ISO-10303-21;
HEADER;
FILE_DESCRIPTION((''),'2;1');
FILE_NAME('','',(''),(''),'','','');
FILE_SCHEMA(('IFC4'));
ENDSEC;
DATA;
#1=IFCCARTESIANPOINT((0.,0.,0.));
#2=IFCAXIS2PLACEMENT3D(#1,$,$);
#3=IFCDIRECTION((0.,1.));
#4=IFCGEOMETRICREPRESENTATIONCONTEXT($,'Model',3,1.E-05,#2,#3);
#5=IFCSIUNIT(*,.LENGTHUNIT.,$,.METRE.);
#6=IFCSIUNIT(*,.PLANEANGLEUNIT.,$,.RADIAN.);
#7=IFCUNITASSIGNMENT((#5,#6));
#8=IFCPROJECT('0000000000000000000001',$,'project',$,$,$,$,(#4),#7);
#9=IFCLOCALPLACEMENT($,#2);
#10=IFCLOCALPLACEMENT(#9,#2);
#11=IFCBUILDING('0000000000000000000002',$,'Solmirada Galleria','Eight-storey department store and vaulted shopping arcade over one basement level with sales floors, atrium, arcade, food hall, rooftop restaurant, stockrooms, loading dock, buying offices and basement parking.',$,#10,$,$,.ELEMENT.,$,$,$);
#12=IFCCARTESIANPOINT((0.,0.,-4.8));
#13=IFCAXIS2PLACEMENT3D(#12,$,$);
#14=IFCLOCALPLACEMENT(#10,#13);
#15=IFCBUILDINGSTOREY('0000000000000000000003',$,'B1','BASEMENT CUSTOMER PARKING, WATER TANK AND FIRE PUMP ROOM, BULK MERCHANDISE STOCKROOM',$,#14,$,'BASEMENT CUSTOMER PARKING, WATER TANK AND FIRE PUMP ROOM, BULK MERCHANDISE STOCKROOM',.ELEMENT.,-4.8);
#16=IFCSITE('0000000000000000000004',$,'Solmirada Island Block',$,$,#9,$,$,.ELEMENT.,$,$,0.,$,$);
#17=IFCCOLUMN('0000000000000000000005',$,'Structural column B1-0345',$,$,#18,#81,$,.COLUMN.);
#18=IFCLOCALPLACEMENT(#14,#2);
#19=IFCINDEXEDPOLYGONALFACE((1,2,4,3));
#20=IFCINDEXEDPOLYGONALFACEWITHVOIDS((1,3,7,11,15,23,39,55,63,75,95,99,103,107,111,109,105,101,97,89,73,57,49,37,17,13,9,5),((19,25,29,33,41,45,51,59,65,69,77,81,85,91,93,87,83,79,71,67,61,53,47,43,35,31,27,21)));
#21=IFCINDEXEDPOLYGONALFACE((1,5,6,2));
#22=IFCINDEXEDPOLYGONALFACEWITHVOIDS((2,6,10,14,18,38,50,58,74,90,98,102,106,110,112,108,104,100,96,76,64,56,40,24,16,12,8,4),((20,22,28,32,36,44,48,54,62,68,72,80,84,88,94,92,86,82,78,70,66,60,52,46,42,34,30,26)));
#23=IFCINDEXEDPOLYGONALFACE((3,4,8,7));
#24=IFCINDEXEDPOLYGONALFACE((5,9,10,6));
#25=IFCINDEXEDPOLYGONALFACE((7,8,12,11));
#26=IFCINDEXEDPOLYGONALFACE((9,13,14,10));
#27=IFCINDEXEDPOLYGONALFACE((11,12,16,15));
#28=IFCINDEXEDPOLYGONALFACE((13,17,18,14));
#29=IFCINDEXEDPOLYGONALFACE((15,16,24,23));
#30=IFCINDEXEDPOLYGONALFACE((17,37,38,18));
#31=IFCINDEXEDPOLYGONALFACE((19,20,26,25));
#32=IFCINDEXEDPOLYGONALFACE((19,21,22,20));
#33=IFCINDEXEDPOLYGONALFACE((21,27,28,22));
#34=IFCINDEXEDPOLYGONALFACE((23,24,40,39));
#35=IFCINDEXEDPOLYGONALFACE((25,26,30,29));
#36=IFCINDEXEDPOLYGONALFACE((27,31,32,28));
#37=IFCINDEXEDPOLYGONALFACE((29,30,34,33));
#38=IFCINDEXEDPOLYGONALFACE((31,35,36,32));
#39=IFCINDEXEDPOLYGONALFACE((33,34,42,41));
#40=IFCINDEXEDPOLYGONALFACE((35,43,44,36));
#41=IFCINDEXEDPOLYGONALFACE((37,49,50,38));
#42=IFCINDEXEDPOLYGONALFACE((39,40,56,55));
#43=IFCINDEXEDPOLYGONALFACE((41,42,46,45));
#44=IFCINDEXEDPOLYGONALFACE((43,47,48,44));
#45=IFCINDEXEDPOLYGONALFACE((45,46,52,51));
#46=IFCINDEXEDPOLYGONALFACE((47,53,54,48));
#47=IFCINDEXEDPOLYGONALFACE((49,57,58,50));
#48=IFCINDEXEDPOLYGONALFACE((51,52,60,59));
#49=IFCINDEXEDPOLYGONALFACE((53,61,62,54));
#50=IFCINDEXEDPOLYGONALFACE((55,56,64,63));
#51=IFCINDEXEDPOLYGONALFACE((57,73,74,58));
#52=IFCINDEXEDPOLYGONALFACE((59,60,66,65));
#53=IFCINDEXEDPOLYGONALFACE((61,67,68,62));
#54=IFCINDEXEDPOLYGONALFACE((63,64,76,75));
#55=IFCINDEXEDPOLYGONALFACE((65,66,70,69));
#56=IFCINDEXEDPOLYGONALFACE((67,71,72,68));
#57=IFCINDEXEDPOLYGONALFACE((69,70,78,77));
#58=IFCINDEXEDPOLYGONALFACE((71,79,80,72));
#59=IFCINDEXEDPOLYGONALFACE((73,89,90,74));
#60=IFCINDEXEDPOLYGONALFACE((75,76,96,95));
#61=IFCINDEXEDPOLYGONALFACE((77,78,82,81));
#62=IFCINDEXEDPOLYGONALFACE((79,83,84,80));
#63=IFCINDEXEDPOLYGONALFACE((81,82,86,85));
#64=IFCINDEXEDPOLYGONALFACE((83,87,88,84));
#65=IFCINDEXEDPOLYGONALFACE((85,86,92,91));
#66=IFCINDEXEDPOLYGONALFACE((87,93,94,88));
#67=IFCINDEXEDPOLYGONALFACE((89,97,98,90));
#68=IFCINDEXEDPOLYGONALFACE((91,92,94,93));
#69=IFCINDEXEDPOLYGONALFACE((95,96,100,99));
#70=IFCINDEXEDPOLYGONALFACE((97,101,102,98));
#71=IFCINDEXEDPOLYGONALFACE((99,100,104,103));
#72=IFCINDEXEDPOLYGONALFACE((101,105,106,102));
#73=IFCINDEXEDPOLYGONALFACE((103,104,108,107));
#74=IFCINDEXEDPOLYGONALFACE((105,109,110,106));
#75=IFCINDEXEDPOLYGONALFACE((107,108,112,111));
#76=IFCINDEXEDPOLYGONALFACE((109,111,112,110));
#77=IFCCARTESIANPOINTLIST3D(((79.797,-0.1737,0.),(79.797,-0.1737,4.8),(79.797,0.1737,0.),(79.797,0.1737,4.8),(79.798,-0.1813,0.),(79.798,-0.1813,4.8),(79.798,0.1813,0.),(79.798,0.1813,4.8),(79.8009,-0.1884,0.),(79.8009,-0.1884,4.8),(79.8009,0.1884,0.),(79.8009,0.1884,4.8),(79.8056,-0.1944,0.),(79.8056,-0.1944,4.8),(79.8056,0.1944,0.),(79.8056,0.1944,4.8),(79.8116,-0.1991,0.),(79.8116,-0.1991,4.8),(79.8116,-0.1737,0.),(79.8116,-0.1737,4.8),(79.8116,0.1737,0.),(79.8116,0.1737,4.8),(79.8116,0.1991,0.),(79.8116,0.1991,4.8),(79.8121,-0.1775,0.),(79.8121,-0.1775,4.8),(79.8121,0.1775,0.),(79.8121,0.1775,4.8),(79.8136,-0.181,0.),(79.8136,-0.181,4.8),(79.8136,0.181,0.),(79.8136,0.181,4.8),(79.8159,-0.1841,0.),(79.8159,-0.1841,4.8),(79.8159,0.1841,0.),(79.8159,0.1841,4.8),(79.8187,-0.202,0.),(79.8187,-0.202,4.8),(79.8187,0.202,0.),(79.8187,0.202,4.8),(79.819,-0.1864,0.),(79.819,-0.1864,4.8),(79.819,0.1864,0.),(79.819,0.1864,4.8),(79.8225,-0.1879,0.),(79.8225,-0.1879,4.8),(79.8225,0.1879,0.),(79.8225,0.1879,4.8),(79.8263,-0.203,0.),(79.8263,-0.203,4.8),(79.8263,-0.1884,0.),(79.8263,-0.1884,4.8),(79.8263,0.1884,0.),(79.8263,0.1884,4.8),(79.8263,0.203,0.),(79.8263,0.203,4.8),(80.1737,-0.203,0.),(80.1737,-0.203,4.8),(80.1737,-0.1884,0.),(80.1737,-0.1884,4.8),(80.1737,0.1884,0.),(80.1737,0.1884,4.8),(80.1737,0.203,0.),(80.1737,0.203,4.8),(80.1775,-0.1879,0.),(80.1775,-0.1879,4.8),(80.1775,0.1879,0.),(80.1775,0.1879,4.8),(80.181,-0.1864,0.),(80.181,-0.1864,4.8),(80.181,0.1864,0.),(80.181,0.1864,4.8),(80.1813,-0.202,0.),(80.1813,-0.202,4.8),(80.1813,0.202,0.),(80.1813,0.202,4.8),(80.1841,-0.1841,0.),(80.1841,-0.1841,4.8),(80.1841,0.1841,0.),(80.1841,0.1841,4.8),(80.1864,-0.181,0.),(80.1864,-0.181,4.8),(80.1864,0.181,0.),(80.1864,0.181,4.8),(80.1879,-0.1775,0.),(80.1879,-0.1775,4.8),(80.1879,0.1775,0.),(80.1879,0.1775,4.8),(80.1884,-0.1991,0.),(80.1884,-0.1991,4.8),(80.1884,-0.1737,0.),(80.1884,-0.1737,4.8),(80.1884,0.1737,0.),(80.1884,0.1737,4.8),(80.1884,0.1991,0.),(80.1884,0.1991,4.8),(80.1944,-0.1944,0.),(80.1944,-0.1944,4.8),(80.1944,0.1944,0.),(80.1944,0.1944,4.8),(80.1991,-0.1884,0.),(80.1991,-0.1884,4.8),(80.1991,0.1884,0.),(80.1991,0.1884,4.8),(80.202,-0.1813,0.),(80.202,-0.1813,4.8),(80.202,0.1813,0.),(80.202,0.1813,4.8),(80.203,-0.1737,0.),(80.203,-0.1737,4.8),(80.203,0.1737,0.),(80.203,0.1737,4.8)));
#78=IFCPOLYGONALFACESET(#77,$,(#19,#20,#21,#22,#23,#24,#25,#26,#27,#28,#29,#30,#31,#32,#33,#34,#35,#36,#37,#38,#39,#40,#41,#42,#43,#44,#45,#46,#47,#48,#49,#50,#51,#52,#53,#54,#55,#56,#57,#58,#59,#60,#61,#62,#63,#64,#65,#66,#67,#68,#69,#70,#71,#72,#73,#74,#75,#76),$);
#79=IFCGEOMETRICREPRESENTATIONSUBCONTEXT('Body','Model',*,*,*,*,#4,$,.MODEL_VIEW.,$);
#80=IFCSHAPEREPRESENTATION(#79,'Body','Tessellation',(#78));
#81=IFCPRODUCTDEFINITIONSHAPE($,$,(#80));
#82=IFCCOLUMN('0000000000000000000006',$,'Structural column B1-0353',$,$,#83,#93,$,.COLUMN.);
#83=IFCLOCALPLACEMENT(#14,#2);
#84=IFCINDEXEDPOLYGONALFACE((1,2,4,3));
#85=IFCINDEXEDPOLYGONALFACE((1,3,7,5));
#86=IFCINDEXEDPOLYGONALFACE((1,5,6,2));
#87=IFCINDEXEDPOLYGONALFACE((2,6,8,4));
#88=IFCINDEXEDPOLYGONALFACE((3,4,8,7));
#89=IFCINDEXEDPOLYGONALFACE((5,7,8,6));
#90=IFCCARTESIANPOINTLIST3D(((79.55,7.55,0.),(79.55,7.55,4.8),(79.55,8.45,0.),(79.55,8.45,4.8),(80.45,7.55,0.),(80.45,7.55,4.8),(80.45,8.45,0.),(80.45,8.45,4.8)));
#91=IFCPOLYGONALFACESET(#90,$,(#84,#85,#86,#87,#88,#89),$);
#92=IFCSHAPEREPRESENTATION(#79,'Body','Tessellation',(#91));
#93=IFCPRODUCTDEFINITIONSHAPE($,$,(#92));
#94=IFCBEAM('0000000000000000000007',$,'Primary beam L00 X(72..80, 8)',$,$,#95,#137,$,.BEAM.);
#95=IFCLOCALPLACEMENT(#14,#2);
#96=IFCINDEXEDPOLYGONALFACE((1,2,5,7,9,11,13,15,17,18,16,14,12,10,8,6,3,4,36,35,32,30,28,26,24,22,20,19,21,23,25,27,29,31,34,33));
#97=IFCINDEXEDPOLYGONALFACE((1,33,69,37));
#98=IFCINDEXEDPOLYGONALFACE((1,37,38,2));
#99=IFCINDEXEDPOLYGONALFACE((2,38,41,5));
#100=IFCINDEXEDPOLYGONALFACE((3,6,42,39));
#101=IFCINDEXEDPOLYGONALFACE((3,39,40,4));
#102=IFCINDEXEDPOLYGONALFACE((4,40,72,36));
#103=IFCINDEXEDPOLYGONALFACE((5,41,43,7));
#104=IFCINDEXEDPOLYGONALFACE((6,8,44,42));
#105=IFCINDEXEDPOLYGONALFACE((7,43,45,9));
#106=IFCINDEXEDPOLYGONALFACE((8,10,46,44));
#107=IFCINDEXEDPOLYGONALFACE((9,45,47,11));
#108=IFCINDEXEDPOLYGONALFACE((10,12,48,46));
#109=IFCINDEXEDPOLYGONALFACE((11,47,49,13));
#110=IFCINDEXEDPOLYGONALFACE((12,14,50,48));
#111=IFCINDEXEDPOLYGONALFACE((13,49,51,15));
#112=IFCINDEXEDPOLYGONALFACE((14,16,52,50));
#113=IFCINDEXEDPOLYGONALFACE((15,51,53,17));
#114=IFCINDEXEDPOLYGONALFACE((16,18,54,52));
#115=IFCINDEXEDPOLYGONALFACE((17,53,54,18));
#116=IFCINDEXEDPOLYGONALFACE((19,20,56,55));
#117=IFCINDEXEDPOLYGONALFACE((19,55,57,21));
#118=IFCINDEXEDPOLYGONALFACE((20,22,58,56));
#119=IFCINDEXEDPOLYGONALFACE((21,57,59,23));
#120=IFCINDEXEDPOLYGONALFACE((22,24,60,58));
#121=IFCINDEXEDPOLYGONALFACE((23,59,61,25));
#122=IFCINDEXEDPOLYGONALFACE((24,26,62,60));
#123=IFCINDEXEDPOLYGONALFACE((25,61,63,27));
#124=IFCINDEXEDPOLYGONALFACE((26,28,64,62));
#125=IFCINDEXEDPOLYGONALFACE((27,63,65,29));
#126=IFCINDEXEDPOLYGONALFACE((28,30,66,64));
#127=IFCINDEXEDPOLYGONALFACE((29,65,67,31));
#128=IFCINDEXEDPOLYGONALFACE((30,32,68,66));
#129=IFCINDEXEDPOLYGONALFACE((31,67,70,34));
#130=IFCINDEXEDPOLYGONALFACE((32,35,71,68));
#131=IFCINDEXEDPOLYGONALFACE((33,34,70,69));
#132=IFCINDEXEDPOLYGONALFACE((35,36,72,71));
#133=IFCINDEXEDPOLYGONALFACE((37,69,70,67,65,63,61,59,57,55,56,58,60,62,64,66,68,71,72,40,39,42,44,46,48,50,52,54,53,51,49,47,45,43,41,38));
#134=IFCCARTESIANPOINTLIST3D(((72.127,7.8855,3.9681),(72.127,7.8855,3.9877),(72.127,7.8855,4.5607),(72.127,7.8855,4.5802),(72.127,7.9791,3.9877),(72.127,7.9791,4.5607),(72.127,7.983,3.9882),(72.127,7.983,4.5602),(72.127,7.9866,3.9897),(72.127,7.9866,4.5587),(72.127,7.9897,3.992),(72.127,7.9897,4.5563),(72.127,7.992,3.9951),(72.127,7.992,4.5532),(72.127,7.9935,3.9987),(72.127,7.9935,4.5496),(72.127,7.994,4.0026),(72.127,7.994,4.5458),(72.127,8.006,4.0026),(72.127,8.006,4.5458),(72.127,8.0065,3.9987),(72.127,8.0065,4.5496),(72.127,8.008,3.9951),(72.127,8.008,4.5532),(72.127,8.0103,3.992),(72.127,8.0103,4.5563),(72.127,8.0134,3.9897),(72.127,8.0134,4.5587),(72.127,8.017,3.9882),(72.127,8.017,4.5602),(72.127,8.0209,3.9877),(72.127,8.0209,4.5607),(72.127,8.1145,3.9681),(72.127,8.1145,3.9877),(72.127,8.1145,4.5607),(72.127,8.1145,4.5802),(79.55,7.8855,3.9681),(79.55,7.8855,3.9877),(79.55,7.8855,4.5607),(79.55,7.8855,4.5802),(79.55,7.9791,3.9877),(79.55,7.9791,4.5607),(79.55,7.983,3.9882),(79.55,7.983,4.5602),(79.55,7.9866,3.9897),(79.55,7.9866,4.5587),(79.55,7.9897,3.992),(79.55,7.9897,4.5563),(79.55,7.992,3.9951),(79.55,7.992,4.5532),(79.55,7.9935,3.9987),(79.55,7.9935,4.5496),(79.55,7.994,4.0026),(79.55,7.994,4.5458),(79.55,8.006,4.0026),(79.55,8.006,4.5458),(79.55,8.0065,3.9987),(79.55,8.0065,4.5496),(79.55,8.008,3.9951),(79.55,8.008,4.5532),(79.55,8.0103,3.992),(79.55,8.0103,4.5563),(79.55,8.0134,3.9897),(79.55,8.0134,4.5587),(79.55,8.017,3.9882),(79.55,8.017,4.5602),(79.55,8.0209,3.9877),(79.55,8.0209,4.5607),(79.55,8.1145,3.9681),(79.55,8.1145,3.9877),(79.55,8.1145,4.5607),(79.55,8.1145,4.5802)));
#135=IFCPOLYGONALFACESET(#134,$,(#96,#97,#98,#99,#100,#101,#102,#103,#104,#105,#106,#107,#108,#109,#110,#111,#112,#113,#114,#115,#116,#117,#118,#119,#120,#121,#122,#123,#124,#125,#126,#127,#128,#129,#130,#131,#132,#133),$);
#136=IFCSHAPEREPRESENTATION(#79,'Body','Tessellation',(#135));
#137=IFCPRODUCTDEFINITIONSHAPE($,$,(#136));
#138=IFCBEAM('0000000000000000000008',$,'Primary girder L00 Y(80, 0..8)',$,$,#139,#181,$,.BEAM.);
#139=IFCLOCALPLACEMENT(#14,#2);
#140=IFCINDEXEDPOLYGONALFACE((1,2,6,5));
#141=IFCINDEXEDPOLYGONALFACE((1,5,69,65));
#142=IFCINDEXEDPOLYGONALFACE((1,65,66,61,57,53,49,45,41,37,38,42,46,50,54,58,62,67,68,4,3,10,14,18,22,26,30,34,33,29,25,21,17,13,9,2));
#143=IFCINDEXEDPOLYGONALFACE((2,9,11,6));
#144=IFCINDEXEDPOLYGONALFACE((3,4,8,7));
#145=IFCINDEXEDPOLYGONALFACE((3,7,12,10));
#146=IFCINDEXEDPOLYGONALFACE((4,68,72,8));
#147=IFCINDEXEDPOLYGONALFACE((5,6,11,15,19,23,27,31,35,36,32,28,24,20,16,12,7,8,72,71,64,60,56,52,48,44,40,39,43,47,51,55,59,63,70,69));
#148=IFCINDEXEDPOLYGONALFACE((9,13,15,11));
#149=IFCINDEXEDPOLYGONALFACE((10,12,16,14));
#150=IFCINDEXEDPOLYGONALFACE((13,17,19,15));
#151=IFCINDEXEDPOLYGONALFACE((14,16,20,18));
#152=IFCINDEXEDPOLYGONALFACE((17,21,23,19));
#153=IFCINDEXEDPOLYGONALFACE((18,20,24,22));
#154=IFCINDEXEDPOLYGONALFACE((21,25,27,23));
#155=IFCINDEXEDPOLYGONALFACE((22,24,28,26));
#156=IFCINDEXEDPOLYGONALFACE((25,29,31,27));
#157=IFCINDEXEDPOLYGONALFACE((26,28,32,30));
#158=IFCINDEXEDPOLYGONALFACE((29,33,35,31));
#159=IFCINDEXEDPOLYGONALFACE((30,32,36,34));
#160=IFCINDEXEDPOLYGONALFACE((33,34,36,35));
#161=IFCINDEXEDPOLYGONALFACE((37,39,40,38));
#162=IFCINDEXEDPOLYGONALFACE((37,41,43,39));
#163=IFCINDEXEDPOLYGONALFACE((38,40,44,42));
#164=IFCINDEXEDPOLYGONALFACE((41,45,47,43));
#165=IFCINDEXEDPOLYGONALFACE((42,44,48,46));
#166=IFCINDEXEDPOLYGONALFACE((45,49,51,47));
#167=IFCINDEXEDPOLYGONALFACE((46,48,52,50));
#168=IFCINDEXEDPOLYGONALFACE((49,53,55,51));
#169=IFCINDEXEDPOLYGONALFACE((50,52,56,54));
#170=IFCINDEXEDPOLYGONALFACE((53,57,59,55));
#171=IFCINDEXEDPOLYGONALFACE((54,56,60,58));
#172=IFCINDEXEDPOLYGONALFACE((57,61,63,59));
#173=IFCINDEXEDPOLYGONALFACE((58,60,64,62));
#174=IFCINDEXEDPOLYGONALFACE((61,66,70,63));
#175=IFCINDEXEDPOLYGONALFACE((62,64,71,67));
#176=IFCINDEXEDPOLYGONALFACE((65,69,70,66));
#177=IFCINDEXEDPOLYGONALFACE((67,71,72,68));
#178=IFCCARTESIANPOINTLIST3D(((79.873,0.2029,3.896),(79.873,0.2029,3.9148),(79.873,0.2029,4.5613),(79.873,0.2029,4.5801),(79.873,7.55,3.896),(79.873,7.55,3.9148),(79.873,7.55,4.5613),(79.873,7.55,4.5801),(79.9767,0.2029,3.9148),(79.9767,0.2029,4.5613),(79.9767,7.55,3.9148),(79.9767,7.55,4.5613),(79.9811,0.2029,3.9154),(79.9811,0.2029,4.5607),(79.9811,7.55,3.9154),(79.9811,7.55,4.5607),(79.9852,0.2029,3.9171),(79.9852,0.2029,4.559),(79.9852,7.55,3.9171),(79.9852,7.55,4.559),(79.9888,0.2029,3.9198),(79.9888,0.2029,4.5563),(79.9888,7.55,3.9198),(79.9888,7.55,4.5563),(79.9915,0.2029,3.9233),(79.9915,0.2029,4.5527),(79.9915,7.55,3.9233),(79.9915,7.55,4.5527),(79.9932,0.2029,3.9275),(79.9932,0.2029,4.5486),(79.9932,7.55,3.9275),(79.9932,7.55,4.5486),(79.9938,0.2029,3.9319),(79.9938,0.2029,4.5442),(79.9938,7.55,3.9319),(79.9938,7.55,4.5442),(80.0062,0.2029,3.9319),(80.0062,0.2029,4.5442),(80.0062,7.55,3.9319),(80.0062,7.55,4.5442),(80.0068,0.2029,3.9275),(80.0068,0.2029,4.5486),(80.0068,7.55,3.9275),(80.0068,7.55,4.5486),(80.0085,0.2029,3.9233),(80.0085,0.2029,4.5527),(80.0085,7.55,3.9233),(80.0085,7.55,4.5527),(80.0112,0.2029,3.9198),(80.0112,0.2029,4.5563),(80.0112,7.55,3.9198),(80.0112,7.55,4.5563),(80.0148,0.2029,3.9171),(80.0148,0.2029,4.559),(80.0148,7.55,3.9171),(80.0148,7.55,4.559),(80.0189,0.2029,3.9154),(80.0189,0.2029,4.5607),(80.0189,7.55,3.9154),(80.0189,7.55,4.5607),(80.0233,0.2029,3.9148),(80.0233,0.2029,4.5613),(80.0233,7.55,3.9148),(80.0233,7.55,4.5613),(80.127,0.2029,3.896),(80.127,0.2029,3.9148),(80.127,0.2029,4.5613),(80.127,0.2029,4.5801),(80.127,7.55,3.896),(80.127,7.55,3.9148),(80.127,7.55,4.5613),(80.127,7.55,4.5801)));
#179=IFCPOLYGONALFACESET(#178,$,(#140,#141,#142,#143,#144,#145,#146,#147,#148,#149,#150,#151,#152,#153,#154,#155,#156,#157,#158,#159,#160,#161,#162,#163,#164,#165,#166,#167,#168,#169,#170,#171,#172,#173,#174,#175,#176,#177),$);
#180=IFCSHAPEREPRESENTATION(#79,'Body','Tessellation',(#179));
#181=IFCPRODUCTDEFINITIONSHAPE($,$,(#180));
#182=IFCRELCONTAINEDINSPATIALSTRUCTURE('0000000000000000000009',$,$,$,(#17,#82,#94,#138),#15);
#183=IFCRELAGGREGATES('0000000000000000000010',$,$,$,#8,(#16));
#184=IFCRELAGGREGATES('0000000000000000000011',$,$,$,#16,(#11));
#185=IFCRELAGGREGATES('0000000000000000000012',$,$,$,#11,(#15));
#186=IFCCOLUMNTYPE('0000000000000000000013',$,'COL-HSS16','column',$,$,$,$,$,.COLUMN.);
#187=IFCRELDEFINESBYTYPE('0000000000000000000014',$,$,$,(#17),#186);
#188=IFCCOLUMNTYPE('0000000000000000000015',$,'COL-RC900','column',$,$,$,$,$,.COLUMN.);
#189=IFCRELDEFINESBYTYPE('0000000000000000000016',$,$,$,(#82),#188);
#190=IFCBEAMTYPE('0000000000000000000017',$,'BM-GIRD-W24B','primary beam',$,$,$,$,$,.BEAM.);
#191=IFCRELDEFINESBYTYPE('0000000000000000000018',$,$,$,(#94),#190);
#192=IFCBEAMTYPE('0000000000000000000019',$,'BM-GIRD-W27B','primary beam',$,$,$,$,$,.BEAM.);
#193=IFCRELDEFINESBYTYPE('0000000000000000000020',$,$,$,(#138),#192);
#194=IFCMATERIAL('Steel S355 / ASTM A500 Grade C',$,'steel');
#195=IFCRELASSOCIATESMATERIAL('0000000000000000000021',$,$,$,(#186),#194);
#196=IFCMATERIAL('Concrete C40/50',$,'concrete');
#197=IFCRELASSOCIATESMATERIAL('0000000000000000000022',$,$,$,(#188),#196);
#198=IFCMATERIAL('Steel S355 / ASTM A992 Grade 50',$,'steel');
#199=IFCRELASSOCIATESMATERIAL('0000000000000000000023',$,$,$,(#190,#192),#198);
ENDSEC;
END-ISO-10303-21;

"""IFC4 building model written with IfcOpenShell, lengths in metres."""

from ifc_helpers import new_model, si_unit, direction, frame, origin, origin_2d, place, context, subcontext, project, spatial, rectangle, hollow_rectangle, i_section, extrude, material, material_profile, profile_set, type_object, element, save


model = new_model("IFC4")

# Units and contexts
model_context = context("Model", 3, precision=1e-05, world=origin(), true_north=direction((0.0, 1.0)))
body_context = subcontext(model_context, "Body", "Model", "MODEL_VIEW")
ifc_project = project(units=[si_unit("LENGTHUNIT", "METRE"), si_unit("PLANEANGLEUNIT", "RADIAN")], contexts=[model_context])

# Site, building, storey
site_placement = place(None, origin())
site = spatial("IfcSite", under=ifc_project, at=site_placement, Name="Solmirada Island Block", CompositionType="ELEMENT", RefElevation=0.0)
building_placement = place(site_placement, origin())
building = spatial("IfcBuilding", under=site, at=building_placement, Name="Solmirada Galleria", Description="Eight-storey department store and vaulted shopping arcade over one basement level with sales floors, atrium, arcade, food hall, rooftop restaurant, stockrooms, loading dock, buying offices and basement parking.", CompositionType="ELEMENT")
storey_placement = place(building_placement, frame((0.0, 0.0, -4.8)))
storey = spatial("IfcBuildingStorey", under=building, at=storey_placement, Name="B1", Description="BASEMENT CUSTOMER PARKING, WATER TANK AND FIRE PUMP ROOM, BULK MERCHANDISE STOCKROOM", LongName="BASEMENT CUSTOMER PARKING, WATER TANK AND FIRE PUMP ROOM, BULK MERCHANDISE STOCKROOM", CompositionType="ELEMENT", Elevation=-4.8)

# Shared definitions
ifc_material_1 = material(Name="Concrete C40/50", Category="concrete")

# Columns
ifc_material_2 = material(Name="Steel S355 / ASTM A500 Grade C", Category="steel")
ifc_material_profile_1 = material_profile(ifc_material_2, hollow_rectangle(XDim=0.406, YDim=0.406, WallThickness=0.0146, InnerFilletRadius=0.0146, OuterFilletRadius=0.0293, at=origin_2d()), Name="HSS16X16X5/8")
ifc_profile_set_1 = profile_set([ifc_material_profile_1], Name="Steel S355 / ASTM A500 Grade C")
column_type_1 = type_object("IfcColumnType", Name="COL-HSS16", Description="column", PredefinedType="COLUMN", material=ifc_profile_set_1)
column_1_placement = place(storey_placement, frame((80.0, 0.0, 0.0), z_axis=(0.0, 0.0, 1.0), x_axis=(1.0, 0.0, 0.0)))
element("IfcColumn", 1, at=column_1_placement, inside=storey, type_object=column_type_1, Name="Structural column B1-0345", PredefinedType="COLUMN", context=body_context, shape_type="SweptSolid", body=[
    extrude(hollow_rectangle(XDim=0.406, YDim=0.406, WallThickness=0.0146, InnerFilletRadius=0.0146, OuterFilletRadius=0.0293, at=origin_2d()), origin(), (0.0, 0.0, 1.0), 4.8),
])
ifc_material_profile_2 = material_profile(ifc_material_1, rectangle(XDim=0.8999, YDim=0.8999, at=origin_2d()), Name="RC900X900")
ifc_profile_set_2 = profile_set([ifc_material_profile_2], Name="Concrete C40/50")
column_type_2 = type_object("IfcColumnType", Name="COL-RC900", Description="column", PredefinedType="COLUMN", material=ifc_profile_set_2)
column_2_placement = place(storey_placement, frame((80.0, 8.0, 0.0), z_axis=(0.0, 0.0, 1.0), x_axis=(1.0, 0.0, 0.0)))
element("IfcColumn", 2, at=column_2_placement, inside=storey, type_object=column_type_2, Name="Structural column B1-0353", PredefinedType="COLUMN", context=body_context, shape_type="SweptSolid", body=[
    extrude(rectangle(XDim=0.8999, YDim=0.8999, at=origin_2d()), origin(), (0.0, 0.0, 1.0), 4.8),
])

# Beams
ifc_material_3 = material(Name="Steel S355 / ASTM A992 Grade 50", Category="steel")
ifc_material_profile_3 = material_profile(ifc_material_3, i_section(OverallWidth=0.229, OverallDepth=0.6121, WebThickness=0.012, FlangeThickness=0.0195, FilletRadius=0.0149, at=origin_2d()), Name="W24X84")
ifc_profile_set_3 = profile_set([ifc_material_profile_3], Name="Steel S355 / ASTM A992 Grade 50")
beam_type_1 = type_object("IfcBeamType", Name="BM-GIRD-W24B", Description="primary beam", PredefinedType="BEAM", material=ifc_profile_set_3)
beam_1_placement = place(storey_placement, frame((72.127, 8.0, 4.2742), z_axis=(1.0, 0.0, 0.0), x_axis=(0.0, 1.0, 0.0)))
element("IfcBeam", 3, at=beam_1_placement, inside=storey, type_object=beam_type_1, Name="Primary beam L00 X(72..80, 8)", PredefinedType="BEAM", context=body_context, shape_type="SweptSolid", body=[
    extrude(i_section(OverallWidth=0.229, OverallDepth=0.6121, WebThickness=0.012, FlangeThickness=0.0195, FilletRadius=0.0149, at=origin_2d()), origin(), (0.0, 0.0, 1.0), 7.4231),
])
ifc_material_profile_4 = material_profile(ifc_material_3, i_section(OverallWidth=0.2539, OverallDepth=0.6841, WebThickness=0.0125, FlangeThickness=0.0188, FilletRadius=0.0171, at=origin_2d()), Name="W27X94")
ifc_profile_set_4 = profile_set([ifc_material_profile_4], Name="Steel S355 / ASTM A992 Grade 50")
beam_type_2 = type_object("IfcBeamType", Name="BM-GIRD-W27B", Description="primary beam", PredefinedType="BEAM", material=ifc_profile_set_4)
beam_2_placement = place(storey_placement, frame((80.0, 0.2029, 4.238), z_axis=(0.0, 1.0, 0.0), x_axis=(-1.0, 0.0, 0.0)))
element("IfcBeam", 4, at=beam_2_placement, inside=storey, type_object=beam_type_2, Name="Primary girder L00 Y(80, 0..8)", PredefinedType="BEAM", context=body_context, shape_type="SweptSolid", body=[
    extrude(i_section(OverallWidth=0.2539, OverallDepth=0.6841, WebThickness=0.0125, FlangeThickness=0.0188, FilletRadius=0.0171, at=origin_2d()), origin(), (0.0, 0.0, 1.0), 7.3472),
])

save(model, "model.ifc")
